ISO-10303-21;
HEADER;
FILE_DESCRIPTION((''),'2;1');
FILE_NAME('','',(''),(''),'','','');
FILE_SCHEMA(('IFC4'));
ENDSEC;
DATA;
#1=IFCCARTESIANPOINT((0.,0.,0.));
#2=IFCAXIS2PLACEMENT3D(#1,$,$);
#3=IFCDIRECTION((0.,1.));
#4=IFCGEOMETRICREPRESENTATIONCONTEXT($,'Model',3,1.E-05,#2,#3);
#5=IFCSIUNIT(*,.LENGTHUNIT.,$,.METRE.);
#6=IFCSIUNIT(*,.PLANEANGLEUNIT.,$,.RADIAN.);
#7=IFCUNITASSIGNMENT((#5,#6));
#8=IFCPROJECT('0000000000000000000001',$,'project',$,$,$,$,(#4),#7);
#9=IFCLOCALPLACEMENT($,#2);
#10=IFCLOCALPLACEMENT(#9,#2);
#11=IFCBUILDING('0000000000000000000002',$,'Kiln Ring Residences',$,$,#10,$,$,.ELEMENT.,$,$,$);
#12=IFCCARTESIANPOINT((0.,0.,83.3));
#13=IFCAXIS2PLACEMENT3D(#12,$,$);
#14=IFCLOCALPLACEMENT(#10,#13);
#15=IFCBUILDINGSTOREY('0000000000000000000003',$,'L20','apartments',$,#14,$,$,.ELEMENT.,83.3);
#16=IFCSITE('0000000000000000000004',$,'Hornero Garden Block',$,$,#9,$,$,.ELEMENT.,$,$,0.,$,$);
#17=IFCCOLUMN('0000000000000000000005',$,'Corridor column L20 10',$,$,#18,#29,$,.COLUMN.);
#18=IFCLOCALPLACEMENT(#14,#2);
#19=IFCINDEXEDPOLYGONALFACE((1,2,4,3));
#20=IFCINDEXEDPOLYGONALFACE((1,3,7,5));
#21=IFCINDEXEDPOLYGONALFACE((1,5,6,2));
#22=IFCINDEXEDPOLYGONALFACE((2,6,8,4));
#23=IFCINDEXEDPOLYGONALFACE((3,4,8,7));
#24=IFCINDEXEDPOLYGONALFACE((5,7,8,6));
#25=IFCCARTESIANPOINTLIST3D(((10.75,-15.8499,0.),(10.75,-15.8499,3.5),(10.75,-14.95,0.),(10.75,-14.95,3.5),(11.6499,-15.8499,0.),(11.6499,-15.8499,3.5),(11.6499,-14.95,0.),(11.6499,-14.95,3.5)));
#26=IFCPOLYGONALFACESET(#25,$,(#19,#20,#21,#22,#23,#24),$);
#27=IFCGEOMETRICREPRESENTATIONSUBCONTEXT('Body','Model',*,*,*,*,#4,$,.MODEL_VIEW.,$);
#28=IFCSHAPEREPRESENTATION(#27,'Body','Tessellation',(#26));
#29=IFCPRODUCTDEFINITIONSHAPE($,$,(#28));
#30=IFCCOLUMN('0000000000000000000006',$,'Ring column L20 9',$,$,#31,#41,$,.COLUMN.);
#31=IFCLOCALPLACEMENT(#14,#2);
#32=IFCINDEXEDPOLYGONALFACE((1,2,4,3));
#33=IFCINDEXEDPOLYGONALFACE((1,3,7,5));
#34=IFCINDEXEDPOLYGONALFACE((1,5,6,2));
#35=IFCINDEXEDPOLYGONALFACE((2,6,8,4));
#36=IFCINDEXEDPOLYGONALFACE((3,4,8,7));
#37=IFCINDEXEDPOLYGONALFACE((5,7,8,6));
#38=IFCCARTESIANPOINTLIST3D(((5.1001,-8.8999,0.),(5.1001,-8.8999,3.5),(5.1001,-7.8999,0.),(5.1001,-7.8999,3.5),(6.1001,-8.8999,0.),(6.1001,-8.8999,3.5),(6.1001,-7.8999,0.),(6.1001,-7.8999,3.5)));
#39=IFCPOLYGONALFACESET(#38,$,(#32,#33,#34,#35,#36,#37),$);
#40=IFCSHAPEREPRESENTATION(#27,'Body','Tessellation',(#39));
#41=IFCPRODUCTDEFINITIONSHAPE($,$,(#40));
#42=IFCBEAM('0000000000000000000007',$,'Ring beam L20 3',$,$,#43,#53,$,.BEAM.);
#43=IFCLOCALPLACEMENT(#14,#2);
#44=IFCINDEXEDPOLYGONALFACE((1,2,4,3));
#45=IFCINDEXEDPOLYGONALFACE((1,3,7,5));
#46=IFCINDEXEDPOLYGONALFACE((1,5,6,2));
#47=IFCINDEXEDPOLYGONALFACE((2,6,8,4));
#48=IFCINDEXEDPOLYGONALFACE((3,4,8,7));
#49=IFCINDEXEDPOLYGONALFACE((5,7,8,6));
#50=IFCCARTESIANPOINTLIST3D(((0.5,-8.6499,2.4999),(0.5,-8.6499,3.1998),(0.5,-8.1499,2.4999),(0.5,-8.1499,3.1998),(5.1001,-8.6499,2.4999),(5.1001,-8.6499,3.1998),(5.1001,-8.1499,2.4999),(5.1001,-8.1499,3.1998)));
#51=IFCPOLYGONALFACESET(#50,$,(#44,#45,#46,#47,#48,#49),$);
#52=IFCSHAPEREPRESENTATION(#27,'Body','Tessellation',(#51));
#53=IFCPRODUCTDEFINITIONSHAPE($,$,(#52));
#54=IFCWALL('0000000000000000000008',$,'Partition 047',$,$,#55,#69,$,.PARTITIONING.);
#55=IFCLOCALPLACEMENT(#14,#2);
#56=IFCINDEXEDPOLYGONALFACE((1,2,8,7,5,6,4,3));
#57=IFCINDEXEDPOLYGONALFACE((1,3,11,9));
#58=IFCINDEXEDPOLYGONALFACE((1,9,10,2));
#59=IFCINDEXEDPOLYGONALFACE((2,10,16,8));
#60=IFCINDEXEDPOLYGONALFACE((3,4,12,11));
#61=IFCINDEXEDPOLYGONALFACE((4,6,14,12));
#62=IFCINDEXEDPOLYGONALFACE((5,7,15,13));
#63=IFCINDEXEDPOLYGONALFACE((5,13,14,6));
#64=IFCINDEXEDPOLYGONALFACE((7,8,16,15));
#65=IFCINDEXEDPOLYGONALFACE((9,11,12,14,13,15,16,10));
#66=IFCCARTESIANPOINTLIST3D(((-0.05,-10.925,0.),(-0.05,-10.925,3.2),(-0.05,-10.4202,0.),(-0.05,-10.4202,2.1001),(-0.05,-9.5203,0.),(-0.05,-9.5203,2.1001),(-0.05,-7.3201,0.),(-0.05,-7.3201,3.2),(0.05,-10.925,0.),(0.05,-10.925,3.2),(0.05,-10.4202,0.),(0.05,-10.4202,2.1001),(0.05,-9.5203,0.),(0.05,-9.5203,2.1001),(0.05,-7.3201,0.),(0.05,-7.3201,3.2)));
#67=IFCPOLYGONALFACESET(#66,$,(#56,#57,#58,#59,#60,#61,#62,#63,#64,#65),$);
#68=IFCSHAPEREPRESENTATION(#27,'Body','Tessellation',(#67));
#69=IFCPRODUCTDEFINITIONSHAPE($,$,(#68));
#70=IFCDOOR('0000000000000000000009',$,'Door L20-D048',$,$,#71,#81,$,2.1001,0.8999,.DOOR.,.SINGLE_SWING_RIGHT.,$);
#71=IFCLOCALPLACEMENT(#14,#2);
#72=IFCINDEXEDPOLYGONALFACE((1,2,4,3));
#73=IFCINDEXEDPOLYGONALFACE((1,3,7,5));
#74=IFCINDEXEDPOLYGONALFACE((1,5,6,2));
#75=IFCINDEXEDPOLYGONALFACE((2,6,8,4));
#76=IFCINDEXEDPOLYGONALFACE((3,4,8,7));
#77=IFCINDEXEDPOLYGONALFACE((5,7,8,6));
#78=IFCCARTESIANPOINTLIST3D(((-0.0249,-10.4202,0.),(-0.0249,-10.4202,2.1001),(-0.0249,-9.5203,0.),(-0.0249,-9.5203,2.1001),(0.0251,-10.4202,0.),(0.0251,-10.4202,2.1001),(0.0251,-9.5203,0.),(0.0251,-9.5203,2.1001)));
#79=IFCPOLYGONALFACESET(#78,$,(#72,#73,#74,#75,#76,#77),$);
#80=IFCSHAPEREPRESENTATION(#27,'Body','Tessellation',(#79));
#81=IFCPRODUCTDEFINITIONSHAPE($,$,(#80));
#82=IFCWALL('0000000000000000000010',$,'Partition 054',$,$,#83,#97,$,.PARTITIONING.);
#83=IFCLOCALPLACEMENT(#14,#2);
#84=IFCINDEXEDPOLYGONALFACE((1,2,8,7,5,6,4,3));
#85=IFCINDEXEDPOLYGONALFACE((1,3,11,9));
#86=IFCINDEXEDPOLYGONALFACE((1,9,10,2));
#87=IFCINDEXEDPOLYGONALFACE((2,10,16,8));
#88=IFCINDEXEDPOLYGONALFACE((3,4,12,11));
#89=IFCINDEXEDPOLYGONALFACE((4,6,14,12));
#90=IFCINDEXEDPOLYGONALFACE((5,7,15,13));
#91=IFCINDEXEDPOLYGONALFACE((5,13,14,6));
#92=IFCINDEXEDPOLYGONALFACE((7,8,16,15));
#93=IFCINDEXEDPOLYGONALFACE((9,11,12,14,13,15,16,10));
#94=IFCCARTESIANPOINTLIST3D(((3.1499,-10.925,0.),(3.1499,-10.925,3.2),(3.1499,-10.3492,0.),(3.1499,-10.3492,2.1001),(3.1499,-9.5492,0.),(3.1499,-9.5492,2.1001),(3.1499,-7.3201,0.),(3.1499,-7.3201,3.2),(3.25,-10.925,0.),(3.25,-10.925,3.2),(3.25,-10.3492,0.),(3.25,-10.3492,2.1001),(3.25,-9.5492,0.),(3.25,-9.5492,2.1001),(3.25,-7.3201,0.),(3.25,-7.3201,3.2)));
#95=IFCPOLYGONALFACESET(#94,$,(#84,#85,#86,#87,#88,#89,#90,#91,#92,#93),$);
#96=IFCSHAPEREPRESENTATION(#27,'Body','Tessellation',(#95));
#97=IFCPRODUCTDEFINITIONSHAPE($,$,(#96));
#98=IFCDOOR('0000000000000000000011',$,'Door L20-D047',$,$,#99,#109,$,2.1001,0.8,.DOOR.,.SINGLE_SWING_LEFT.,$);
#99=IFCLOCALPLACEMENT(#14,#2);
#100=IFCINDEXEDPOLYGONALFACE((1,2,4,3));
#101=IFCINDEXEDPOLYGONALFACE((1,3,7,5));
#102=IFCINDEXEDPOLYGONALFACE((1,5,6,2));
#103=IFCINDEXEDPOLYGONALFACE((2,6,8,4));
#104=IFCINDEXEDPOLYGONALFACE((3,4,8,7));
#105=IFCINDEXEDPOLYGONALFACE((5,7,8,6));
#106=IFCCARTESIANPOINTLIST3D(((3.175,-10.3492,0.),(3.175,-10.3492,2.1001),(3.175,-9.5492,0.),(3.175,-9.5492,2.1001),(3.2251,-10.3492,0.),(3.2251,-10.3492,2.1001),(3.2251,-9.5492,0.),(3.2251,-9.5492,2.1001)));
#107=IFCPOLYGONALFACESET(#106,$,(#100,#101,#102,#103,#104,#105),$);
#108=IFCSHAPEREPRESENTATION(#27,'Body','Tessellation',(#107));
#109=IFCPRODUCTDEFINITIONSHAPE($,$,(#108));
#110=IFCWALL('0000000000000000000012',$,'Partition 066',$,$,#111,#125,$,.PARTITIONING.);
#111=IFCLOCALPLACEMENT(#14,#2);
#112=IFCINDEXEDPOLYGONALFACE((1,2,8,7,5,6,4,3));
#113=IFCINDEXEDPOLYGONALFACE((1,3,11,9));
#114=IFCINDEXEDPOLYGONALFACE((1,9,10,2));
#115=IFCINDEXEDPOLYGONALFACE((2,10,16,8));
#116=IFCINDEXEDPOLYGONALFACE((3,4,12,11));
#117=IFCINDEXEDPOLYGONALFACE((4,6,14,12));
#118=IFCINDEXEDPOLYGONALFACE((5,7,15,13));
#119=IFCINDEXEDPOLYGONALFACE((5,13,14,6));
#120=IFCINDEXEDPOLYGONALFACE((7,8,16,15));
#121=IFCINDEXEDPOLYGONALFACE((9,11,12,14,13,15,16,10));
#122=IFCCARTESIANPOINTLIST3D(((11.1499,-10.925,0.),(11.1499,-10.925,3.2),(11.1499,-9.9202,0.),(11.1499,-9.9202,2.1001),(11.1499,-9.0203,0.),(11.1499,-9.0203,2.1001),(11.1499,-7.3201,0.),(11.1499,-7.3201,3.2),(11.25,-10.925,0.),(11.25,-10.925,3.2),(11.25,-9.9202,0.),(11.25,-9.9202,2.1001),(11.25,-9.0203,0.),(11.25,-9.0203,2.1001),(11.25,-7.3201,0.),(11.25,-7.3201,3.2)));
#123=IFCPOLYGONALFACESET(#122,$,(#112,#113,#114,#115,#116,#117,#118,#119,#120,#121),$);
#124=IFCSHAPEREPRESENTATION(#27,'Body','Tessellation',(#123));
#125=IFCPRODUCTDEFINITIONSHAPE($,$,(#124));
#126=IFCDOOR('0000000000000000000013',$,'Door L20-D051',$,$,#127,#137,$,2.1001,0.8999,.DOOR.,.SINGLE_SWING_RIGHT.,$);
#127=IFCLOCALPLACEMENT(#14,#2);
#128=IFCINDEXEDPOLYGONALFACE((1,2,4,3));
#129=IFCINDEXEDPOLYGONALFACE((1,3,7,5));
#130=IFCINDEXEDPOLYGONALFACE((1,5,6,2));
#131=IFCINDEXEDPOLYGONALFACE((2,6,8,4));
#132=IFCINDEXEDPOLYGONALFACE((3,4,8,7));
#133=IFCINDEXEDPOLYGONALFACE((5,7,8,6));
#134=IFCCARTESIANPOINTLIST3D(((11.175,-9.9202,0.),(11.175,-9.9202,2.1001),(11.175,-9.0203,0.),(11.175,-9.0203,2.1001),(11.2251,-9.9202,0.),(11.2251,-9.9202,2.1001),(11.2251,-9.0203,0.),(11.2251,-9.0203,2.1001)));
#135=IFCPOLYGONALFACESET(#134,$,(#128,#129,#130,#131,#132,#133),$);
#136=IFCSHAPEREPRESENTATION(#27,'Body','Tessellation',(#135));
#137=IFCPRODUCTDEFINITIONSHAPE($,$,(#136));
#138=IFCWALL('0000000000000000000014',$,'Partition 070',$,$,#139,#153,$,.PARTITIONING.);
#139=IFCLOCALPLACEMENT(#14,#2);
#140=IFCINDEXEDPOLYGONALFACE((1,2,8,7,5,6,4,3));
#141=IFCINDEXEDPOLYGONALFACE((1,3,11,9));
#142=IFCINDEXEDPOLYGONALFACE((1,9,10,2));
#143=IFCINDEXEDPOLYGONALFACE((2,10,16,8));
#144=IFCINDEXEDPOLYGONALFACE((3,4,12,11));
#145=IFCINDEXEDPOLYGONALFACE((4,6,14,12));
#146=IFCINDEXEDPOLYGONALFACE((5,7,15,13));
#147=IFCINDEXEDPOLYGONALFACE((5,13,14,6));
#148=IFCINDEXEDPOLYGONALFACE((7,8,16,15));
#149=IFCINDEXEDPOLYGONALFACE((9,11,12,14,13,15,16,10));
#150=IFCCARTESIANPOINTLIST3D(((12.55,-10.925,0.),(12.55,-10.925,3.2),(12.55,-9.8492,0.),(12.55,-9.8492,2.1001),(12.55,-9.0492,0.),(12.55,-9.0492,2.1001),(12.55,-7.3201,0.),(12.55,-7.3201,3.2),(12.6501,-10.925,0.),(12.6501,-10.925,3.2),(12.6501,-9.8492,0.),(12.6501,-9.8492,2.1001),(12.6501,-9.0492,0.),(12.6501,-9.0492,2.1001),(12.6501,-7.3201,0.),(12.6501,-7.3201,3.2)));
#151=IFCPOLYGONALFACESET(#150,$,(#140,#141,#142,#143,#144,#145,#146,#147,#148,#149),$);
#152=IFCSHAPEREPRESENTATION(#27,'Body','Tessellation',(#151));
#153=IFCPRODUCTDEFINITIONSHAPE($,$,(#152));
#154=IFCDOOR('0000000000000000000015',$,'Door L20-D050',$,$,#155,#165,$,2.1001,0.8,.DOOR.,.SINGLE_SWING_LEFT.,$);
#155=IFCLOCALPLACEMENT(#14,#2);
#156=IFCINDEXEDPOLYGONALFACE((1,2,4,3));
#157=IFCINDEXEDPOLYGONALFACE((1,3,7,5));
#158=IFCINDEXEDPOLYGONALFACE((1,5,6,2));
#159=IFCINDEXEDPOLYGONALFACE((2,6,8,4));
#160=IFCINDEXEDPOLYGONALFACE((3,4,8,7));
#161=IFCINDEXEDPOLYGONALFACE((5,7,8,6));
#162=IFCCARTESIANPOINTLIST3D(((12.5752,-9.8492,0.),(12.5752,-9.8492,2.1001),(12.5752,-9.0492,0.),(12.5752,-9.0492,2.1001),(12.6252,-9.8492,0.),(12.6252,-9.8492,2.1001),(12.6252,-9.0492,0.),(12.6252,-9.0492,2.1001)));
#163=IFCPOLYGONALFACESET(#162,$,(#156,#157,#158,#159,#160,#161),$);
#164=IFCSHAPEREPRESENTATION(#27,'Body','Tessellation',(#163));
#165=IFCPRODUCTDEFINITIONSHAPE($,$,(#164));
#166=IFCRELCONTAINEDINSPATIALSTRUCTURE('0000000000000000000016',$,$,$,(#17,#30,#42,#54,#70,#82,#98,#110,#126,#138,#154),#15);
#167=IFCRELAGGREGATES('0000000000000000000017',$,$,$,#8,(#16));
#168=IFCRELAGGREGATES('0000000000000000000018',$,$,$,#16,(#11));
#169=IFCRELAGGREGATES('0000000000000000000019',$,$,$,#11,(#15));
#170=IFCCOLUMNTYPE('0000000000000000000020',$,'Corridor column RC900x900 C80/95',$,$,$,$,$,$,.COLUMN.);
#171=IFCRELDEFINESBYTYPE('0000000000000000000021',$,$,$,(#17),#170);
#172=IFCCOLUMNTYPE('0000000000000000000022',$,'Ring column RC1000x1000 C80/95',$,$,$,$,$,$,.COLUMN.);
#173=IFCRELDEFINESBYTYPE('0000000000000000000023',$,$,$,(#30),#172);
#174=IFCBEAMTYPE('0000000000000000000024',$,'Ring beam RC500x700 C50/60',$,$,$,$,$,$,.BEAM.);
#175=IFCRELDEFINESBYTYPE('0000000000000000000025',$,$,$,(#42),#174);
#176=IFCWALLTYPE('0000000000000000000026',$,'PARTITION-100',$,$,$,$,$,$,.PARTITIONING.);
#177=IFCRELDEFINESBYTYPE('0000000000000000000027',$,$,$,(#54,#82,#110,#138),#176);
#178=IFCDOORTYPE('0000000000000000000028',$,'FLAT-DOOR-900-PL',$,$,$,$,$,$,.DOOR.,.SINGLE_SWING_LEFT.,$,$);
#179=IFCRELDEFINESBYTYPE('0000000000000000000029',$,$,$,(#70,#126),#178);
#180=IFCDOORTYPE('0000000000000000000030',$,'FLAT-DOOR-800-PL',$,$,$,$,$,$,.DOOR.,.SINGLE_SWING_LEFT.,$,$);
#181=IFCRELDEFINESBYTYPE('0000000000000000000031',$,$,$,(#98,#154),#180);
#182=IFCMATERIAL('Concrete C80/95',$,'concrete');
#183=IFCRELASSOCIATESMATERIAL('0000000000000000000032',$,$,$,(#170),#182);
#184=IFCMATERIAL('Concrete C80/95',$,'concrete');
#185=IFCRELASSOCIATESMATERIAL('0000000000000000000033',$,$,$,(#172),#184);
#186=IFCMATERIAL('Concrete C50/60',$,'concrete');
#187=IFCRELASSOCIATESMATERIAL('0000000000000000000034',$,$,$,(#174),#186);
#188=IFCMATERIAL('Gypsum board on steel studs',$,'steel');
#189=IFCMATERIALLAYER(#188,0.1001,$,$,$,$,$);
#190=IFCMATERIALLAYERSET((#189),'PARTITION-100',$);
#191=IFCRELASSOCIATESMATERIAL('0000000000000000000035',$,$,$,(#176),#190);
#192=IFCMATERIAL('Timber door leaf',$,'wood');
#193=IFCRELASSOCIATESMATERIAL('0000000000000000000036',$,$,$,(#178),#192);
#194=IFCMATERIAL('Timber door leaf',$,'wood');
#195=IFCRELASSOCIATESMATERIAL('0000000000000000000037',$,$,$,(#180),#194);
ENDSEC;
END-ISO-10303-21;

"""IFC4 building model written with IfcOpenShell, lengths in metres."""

from ifc_helpers import new_model, si_unit, direction, frame, frame_2d, origin, origin_2d, place, context, subcontext, project, spatial, rectangle, extrude, material, layer, layer_set, material_profile, profile_set, type_object, element, fill, save


model = new_model("IFC4")

# Units and contexts
model_context = context("Model", 3, precision=1e-05, world=origin(), true_north=direction((0.0, 1.0)))
body_context = subcontext(model_context, "Body", "Model", "MODEL_VIEW")
ifc_project = project(units=[si_unit("LENGTHUNIT", "METRE"), si_unit("PLANEANGLEUNIT", "RADIAN")], contexts=[model_context])

# Site, building, storey
site_placement = place(None, origin())
site = spatial("IfcSite", under=ifc_project, at=site_placement, Name="Hornero Garden Block", CompositionType="ELEMENT", RefElevation=0.0)
building_placement = place(site_placement, origin())
building = spatial("IfcBuilding", under=site, at=building_placement, Name="Kiln Ring Residences", CompositionType="ELEMENT")
storey_placement = place(building_placement, frame((0.0, 0.0, 83.3)))
storey = spatial("IfcBuildingStorey", under=building, at=storey_placement, Name="L20", Description="apartments", CompositionType="ELEMENT", Elevation=83.3)

# Columns
ifc_material_1 = material(Name="Concrete C80/95", Category="concrete")
ifc_material_profile_1 = material_profile(ifc_material_1, rectangle(XDim=0.8999, YDim=0.8999, at=origin_2d()), Name="RC900x900")
ifc_profile_set_1 = profile_set([ifc_material_profile_1], Name="Concrete C80/95")
column_type_1 = type_object("IfcColumnType", Name="Corridor column RC900x900 C80/95", PredefinedType="COLUMN", material=ifc_profile_set_1)
column_1_placement = place(storey_placement, frame((11.2, -15.3999, 0.0), z_axis=(0.0, 0.0, 1.0), x_axis=(1.0, 0.0, 0.0)))
element("IfcColumn", 1, at=column_1_placement, inside=storey, type_object=column_type_1, Name="Corridor column L20 10", PredefinedType="COLUMN", context=body_context, shape_type="SweptSolid", body=[
    extrude(rectangle(XDim=0.8999, YDim=0.8999, at=origin_2d()), origin(), (0.0, 0.0, 1.0), 3.5),
])
ifc_material_2 = material(Name="Concrete C80/95", Category="concrete")
ifc_material_profile_2 = material_profile(ifc_material_2, rectangle(XDim=1.0, YDim=1.0, at=origin_2d()), Name="RC1000x1000")
ifc_profile_set_2 = profile_set([ifc_material_profile_2], Name="Concrete C80/95")
column_type_2 = type_object("IfcColumnType", Name="Ring column RC1000x1000 C80/95", PredefinedType="COLUMN", material=ifc_profile_set_2)
column_2_placement = place(storey_placement, frame((5.6001, -8.3999, 0.0), z_axis=(0.0, 0.0, 1.0), x_axis=(1.0, 0.0, 0.0)))
element("IfcColumn", 2, at=column_2_placement, inside=storey, type_object=column_type_2, Name="Ring column L20 9", PredefinedType="COLUMN", context=body_context, shape_type="SweptSolid", body=[
    extrude(rectangle(XDim=1.0, YDim=1.0, at=origin_2d()), origin(), (0.0, 0.0, 1.0), 3.5),
])

# Beam
ifc_material_3 = material(Name="Concrete C50/60", Category="concrete")
ifc_material_profile_3 = material_profile(ifc_material_3, rectangle(XDim=0.5, YDim=0.7, at=origin_2d()), Name="RC500x700")
ifc_profile_set_3 = profile_set([ifc_material_profile_3], Name="Concrete C50/60")
beam_type = type_object("IfcBeamType", Name="Ring beam RC500x700 C50/60", PredefinedType="BEAM", material=ifc_profile_set_3)
beam_placement = place(storey_placement, frame((0.5, -8.3999, 2.8499), z_axis=(1.0, 0.0, 0.0), x_axis=(0.0, 1.0, 0.0)))
element("IfcBeam", 3, at=beam_placement, inside=storey, type_object=beam_type, Name="Ring beam L20 3", PredefinedType="BEAM", context=body_context, shape_type="SweptSolid", body=[
    extrude(rectangle(XDim=0.5, YDim=0.7, at=origin_2d()), origin(), (0.0, 0.0, 1.0), 4.6001),
])

# Walls, openings, doors
ifc_material_4 = material(Name="Gypsum board on steel studs", Category="steel")
ifc_layer_1 = layer(ifc_material_4, 0.1001)
ifc_layer_set_1 = layer_set([ifc_layer_1], Name="PARTITION-100")
wall_type_1 = type_object("IfcWallType", Name="PARTITION-100", PredefinedType="PARTITIONING", material=ifc_layer_set_1)
wall_1_placement = place(storey_placement, frame((0.0, -10.925, 0.0), z_axis=(0.0, 0.0, 1.0), x_axis=(0.0, 1.0, 0.0)))
wall_1 = element("IfcWall", 4, at=wall_1_placement, inside=storey, type_object=wall_type_1, Name="Partition 047", PredefinedType="PARTITIONING", context=body_context, shape_type="SweptSolid", body=[
    extrude(rectangle(XDim=3.605, YDim=0.1001, at=frame_2d((1.8025, 0.0))), origin(), (0.0, 0.0, 1.0), 3.2),
])
opening_1_placement = place(wall_1_placement, frame((0.5049, 0.0, 0.0)))
opening_1 = element("IfcOpeningElement", 5, at=opening_1_placement, cuts=wall_1, PredefinedType="OPENING", context=body_context, shape_type="SweptSolid", body=[
    extrude(rectangle(XDim=0.8999, YDim=2.1001, at=frame_2d((0.45, 1.05))), frame((0.0, 0.0601, 0.0), z_axis=(0.0, -1.0, 0.0), x_axis=(1.0, 0.0, 0.0)), (0.0, 0.0, 1.0), 0.1201),
])
ifc_material_5 = material(Name="Timber door leaf", Category="wood")
door_type_1 = type_object("IfcDoorType", Name="FLAT-DOOR-900-PL", OperationType="SINGLE_SWING_LEFT", PredefinedType="DOOR", material=ifc_material_5)
door_1_placement = place(opening_1_placement, origin())
door_1 = element("IfcDoor", 6, at=door_1_placement, inside=storey, type_object=door_type_1, Name="Door L20-D048", OperationType="SINGLE_SWING_RIGHT", OverallHeight=2.1001, OverallWidth=0.8999, PredefinedType="DOOR", context=body_context, shape_type="SweptSolid", body=[
    extrude(rectangle(XDim=0.8999, YDim=2.1001, at=frame_2d((0.45, 1.05))), frame((0.0, 0.0249, 0.0), z_axis=(0.0, -1.0, 0.0), x_axis=(1.0, 0.0, 0.0)), (0.0, 0.0, 1.0), 0.05),
])
fill(opening_1, door_1)
wall_2_placement = place(storey_placement, frame((3.2, -10.925, 0.0), z_axis=(0.0, 0.0, 1.0), x_axis=(0.0, 1.0, 0.0)))
wall_2 = element("IfcWall", 7, at=wall_2_placement, inside=storey, type_object=wall_type_1, Name="Partition 054", PredefinedType="PARTITIONING", context=body_context, shape_type="SweptSolid", body=[
    extrude(rectangle(XDim=3.605, YDim=0.1001, at=frame_2d((1.8025, 0.0))), origin(), (0.0, 0.0, 1.0), 3.2),
])
opening_2_placement = place(wall_2_placement, frame((0.5759, 0.0, 0.0)))
opening_2 = element("IfcOpeningElement", 8, at=opening_2_placement, cuts=wall_2, PredefinedType="OPENING", context=body_context, shape_type="SweptSolid", body=[
    extrude(rectangle(XDim=0.8, YDim=2.1001, at=frame_2d((0.3999, 1.05))), frame((0.0, 0.0601, 0.0), z_axis=(0.0, -1.0, 0.0), x_axis=(1.0, 0.0, 0.0)), (0.0, 0.0, 1.0), 0.1201),
])
ifc_material_6 = material(Name="Timber door leaf", Category="wood")
door_type_2 = type_object("IfcDoorType", Name="FLAT-DOOR-800-PL", OperationType="SINGLE_SWING_LEFT", PredefinedType="DOOR", material=ifc_material_6)
door_2_placement = place(opening_2_placement, origin())
door_2 = element("IfcDoor", 9, at=door_2_placement, inside=storey, type_object=door_type_2, Name="Door L20-D047", OperationType="SINGLE_SWING_LEFT", OverallHeight=2.1001, OverallWidth=0.8, PredefinedType="DOOR", context=body_context, shape_type="SweptSolid", body=[
    extrude(rectangle(XDim=0.8, YDim=2.1001, at=frame_2d((0.3999, 1.05))), frame((0.0, 0.0249, 0.0), z_axis=(0.0, -1.0, 0.0), x_axis=(1.0, 0.0, 0.0)), (0.0, 0.0, 1.0), 0.05),
])
fill(opening_2, door_2)
wall_3_placement = place(storey_placement, frame((11.2, -10.925, 0.0), z_axis=(0.0, 0.0, 1.0), x_axis=(0.0, 1.0, 0.0)))
wall_3 = element("IfcWall", 10, at=wall_3_placement, inside=storey, type_object=wall_type_1, Name="Partition 066", PredefinedType="PARTITIONING", context=body_context, shape_type="SweptSolid", body=[
    extrude(rectangle(XDim=3.605, YDim=0.1001, at=frame_2d((1.8025, 0.0))), origin(), (0.0, 0.0, 1.0), 3.2),
])
opening_3_placement = place(wall_3_placement, frame((1.0049, 0.0, 0.0)))
opening_3 = element("IfcOpeningElement", 11, at=opening_3_placement, cuts=wall_3, PredefinedType="OPENING", context=body_context, shape_type="SweptSolid", body=[
    extrude(rectangle(XDim=0.8999, YDim=2.1001, at=frame_2d((0.45, 1.05))), frame((0.0, 0.0601, 0.0), z_axis=(0.0, -1.0, 0.0), x_axis=(1.0, 0.0, 0.0)), (0.0, 0.0, 1.0), 0.1201),
])
door_3_placement = place(opening_3_placement, origin())
door_3 = element("IfcDoor", 12, at=door_3_placement, inside=storey, type_object=door_type_1, Name="Door L20-D051", OperationType="SINGLE_SWING_RIGHT", OverallHeight=2.1001, OverallWidth=0.8999, PredefinedType="DOOR", context=body_context, shape_type="SweptSolid", body=[
    extrude(rectangle(XDim=0.8999, YDim=2.1001, at=frame_2d((0.45, 1.05))), frame((0.0, 0.0249, 0.0), z_axis=(0.0, -1.0, 0.0), x_axis=(1.0, 0.0, 0.0)), (0.0, 0.0, 1.0), 0.05),
])
fill(opening_3, door_3)
wall_4_placement = place(storey_placement, frame((12.6001, -10.925, 0.0), z_axis=(0.0, 0.0, 1.0), x_axis=(0.0, 1.0, 0.0)))
wall_4 = element("IfcWall", 13, at=wall_4_placement, inside=storey, type_object=wall_type_1, Name="Partition 070", PredefinedType="PARTITIONING", context=body_context, shape_type="SweptSolid", body=[
    extrude(rectangle(XDim=3.605, YDim=0.1001, at=frame_2d((1.8025, 0.0))), origin(), (0.0, 0.0, 1.0), 3.2),
])
opening_4_placement = place(wall_4_placement, frame((1.0759, 0.0, 0.0)))
opening_4 = element("IfcOpeningElement", 14, at=opening_4_placement, cuts=wall_4, PredefinedType="OPENING", context=body_context, shape_type="SweptSolid", body=[
    extrude(rectangle(XDim=0.8, YDim=2.1001, at=frame_2d((0.3999, 1.05))), frame((0.0, 0.0601, 0.0), z_axis=(0.0, -1.0, 0.0), x_axis=(1.0, 0.0, 0.0)), (0.0, 0.0, 1.0), 0.1201),
])
door_4_placement = place(opening_4_placement, origin())
door_4 = element("IfcDoor", 15, at=door_4_placement, inside=storey, type_object=door_type_2, Name="Door L20-D050", OperationType="SINGLE_SWING_LEFT", OverallHeight=2.1001, OverallWidth=0.8, PredefinedType="DOOR", context=body_context, shape_type="SweptSolid", body=[
    extrude(rectangle(XDim=0.8, YDim=2.1001, at=frame_2d((0.3999, 1.05))), frame((0.0, 0.0249, 0.0), z_axis=(0.0, -1.0, 0.0), x_axis=(1.0, 0.0, 0.0)), (0.0, 0.0, 1.0), 0.05),
])
fill(opening_4, door_4)

save(model, "model.ifc")
